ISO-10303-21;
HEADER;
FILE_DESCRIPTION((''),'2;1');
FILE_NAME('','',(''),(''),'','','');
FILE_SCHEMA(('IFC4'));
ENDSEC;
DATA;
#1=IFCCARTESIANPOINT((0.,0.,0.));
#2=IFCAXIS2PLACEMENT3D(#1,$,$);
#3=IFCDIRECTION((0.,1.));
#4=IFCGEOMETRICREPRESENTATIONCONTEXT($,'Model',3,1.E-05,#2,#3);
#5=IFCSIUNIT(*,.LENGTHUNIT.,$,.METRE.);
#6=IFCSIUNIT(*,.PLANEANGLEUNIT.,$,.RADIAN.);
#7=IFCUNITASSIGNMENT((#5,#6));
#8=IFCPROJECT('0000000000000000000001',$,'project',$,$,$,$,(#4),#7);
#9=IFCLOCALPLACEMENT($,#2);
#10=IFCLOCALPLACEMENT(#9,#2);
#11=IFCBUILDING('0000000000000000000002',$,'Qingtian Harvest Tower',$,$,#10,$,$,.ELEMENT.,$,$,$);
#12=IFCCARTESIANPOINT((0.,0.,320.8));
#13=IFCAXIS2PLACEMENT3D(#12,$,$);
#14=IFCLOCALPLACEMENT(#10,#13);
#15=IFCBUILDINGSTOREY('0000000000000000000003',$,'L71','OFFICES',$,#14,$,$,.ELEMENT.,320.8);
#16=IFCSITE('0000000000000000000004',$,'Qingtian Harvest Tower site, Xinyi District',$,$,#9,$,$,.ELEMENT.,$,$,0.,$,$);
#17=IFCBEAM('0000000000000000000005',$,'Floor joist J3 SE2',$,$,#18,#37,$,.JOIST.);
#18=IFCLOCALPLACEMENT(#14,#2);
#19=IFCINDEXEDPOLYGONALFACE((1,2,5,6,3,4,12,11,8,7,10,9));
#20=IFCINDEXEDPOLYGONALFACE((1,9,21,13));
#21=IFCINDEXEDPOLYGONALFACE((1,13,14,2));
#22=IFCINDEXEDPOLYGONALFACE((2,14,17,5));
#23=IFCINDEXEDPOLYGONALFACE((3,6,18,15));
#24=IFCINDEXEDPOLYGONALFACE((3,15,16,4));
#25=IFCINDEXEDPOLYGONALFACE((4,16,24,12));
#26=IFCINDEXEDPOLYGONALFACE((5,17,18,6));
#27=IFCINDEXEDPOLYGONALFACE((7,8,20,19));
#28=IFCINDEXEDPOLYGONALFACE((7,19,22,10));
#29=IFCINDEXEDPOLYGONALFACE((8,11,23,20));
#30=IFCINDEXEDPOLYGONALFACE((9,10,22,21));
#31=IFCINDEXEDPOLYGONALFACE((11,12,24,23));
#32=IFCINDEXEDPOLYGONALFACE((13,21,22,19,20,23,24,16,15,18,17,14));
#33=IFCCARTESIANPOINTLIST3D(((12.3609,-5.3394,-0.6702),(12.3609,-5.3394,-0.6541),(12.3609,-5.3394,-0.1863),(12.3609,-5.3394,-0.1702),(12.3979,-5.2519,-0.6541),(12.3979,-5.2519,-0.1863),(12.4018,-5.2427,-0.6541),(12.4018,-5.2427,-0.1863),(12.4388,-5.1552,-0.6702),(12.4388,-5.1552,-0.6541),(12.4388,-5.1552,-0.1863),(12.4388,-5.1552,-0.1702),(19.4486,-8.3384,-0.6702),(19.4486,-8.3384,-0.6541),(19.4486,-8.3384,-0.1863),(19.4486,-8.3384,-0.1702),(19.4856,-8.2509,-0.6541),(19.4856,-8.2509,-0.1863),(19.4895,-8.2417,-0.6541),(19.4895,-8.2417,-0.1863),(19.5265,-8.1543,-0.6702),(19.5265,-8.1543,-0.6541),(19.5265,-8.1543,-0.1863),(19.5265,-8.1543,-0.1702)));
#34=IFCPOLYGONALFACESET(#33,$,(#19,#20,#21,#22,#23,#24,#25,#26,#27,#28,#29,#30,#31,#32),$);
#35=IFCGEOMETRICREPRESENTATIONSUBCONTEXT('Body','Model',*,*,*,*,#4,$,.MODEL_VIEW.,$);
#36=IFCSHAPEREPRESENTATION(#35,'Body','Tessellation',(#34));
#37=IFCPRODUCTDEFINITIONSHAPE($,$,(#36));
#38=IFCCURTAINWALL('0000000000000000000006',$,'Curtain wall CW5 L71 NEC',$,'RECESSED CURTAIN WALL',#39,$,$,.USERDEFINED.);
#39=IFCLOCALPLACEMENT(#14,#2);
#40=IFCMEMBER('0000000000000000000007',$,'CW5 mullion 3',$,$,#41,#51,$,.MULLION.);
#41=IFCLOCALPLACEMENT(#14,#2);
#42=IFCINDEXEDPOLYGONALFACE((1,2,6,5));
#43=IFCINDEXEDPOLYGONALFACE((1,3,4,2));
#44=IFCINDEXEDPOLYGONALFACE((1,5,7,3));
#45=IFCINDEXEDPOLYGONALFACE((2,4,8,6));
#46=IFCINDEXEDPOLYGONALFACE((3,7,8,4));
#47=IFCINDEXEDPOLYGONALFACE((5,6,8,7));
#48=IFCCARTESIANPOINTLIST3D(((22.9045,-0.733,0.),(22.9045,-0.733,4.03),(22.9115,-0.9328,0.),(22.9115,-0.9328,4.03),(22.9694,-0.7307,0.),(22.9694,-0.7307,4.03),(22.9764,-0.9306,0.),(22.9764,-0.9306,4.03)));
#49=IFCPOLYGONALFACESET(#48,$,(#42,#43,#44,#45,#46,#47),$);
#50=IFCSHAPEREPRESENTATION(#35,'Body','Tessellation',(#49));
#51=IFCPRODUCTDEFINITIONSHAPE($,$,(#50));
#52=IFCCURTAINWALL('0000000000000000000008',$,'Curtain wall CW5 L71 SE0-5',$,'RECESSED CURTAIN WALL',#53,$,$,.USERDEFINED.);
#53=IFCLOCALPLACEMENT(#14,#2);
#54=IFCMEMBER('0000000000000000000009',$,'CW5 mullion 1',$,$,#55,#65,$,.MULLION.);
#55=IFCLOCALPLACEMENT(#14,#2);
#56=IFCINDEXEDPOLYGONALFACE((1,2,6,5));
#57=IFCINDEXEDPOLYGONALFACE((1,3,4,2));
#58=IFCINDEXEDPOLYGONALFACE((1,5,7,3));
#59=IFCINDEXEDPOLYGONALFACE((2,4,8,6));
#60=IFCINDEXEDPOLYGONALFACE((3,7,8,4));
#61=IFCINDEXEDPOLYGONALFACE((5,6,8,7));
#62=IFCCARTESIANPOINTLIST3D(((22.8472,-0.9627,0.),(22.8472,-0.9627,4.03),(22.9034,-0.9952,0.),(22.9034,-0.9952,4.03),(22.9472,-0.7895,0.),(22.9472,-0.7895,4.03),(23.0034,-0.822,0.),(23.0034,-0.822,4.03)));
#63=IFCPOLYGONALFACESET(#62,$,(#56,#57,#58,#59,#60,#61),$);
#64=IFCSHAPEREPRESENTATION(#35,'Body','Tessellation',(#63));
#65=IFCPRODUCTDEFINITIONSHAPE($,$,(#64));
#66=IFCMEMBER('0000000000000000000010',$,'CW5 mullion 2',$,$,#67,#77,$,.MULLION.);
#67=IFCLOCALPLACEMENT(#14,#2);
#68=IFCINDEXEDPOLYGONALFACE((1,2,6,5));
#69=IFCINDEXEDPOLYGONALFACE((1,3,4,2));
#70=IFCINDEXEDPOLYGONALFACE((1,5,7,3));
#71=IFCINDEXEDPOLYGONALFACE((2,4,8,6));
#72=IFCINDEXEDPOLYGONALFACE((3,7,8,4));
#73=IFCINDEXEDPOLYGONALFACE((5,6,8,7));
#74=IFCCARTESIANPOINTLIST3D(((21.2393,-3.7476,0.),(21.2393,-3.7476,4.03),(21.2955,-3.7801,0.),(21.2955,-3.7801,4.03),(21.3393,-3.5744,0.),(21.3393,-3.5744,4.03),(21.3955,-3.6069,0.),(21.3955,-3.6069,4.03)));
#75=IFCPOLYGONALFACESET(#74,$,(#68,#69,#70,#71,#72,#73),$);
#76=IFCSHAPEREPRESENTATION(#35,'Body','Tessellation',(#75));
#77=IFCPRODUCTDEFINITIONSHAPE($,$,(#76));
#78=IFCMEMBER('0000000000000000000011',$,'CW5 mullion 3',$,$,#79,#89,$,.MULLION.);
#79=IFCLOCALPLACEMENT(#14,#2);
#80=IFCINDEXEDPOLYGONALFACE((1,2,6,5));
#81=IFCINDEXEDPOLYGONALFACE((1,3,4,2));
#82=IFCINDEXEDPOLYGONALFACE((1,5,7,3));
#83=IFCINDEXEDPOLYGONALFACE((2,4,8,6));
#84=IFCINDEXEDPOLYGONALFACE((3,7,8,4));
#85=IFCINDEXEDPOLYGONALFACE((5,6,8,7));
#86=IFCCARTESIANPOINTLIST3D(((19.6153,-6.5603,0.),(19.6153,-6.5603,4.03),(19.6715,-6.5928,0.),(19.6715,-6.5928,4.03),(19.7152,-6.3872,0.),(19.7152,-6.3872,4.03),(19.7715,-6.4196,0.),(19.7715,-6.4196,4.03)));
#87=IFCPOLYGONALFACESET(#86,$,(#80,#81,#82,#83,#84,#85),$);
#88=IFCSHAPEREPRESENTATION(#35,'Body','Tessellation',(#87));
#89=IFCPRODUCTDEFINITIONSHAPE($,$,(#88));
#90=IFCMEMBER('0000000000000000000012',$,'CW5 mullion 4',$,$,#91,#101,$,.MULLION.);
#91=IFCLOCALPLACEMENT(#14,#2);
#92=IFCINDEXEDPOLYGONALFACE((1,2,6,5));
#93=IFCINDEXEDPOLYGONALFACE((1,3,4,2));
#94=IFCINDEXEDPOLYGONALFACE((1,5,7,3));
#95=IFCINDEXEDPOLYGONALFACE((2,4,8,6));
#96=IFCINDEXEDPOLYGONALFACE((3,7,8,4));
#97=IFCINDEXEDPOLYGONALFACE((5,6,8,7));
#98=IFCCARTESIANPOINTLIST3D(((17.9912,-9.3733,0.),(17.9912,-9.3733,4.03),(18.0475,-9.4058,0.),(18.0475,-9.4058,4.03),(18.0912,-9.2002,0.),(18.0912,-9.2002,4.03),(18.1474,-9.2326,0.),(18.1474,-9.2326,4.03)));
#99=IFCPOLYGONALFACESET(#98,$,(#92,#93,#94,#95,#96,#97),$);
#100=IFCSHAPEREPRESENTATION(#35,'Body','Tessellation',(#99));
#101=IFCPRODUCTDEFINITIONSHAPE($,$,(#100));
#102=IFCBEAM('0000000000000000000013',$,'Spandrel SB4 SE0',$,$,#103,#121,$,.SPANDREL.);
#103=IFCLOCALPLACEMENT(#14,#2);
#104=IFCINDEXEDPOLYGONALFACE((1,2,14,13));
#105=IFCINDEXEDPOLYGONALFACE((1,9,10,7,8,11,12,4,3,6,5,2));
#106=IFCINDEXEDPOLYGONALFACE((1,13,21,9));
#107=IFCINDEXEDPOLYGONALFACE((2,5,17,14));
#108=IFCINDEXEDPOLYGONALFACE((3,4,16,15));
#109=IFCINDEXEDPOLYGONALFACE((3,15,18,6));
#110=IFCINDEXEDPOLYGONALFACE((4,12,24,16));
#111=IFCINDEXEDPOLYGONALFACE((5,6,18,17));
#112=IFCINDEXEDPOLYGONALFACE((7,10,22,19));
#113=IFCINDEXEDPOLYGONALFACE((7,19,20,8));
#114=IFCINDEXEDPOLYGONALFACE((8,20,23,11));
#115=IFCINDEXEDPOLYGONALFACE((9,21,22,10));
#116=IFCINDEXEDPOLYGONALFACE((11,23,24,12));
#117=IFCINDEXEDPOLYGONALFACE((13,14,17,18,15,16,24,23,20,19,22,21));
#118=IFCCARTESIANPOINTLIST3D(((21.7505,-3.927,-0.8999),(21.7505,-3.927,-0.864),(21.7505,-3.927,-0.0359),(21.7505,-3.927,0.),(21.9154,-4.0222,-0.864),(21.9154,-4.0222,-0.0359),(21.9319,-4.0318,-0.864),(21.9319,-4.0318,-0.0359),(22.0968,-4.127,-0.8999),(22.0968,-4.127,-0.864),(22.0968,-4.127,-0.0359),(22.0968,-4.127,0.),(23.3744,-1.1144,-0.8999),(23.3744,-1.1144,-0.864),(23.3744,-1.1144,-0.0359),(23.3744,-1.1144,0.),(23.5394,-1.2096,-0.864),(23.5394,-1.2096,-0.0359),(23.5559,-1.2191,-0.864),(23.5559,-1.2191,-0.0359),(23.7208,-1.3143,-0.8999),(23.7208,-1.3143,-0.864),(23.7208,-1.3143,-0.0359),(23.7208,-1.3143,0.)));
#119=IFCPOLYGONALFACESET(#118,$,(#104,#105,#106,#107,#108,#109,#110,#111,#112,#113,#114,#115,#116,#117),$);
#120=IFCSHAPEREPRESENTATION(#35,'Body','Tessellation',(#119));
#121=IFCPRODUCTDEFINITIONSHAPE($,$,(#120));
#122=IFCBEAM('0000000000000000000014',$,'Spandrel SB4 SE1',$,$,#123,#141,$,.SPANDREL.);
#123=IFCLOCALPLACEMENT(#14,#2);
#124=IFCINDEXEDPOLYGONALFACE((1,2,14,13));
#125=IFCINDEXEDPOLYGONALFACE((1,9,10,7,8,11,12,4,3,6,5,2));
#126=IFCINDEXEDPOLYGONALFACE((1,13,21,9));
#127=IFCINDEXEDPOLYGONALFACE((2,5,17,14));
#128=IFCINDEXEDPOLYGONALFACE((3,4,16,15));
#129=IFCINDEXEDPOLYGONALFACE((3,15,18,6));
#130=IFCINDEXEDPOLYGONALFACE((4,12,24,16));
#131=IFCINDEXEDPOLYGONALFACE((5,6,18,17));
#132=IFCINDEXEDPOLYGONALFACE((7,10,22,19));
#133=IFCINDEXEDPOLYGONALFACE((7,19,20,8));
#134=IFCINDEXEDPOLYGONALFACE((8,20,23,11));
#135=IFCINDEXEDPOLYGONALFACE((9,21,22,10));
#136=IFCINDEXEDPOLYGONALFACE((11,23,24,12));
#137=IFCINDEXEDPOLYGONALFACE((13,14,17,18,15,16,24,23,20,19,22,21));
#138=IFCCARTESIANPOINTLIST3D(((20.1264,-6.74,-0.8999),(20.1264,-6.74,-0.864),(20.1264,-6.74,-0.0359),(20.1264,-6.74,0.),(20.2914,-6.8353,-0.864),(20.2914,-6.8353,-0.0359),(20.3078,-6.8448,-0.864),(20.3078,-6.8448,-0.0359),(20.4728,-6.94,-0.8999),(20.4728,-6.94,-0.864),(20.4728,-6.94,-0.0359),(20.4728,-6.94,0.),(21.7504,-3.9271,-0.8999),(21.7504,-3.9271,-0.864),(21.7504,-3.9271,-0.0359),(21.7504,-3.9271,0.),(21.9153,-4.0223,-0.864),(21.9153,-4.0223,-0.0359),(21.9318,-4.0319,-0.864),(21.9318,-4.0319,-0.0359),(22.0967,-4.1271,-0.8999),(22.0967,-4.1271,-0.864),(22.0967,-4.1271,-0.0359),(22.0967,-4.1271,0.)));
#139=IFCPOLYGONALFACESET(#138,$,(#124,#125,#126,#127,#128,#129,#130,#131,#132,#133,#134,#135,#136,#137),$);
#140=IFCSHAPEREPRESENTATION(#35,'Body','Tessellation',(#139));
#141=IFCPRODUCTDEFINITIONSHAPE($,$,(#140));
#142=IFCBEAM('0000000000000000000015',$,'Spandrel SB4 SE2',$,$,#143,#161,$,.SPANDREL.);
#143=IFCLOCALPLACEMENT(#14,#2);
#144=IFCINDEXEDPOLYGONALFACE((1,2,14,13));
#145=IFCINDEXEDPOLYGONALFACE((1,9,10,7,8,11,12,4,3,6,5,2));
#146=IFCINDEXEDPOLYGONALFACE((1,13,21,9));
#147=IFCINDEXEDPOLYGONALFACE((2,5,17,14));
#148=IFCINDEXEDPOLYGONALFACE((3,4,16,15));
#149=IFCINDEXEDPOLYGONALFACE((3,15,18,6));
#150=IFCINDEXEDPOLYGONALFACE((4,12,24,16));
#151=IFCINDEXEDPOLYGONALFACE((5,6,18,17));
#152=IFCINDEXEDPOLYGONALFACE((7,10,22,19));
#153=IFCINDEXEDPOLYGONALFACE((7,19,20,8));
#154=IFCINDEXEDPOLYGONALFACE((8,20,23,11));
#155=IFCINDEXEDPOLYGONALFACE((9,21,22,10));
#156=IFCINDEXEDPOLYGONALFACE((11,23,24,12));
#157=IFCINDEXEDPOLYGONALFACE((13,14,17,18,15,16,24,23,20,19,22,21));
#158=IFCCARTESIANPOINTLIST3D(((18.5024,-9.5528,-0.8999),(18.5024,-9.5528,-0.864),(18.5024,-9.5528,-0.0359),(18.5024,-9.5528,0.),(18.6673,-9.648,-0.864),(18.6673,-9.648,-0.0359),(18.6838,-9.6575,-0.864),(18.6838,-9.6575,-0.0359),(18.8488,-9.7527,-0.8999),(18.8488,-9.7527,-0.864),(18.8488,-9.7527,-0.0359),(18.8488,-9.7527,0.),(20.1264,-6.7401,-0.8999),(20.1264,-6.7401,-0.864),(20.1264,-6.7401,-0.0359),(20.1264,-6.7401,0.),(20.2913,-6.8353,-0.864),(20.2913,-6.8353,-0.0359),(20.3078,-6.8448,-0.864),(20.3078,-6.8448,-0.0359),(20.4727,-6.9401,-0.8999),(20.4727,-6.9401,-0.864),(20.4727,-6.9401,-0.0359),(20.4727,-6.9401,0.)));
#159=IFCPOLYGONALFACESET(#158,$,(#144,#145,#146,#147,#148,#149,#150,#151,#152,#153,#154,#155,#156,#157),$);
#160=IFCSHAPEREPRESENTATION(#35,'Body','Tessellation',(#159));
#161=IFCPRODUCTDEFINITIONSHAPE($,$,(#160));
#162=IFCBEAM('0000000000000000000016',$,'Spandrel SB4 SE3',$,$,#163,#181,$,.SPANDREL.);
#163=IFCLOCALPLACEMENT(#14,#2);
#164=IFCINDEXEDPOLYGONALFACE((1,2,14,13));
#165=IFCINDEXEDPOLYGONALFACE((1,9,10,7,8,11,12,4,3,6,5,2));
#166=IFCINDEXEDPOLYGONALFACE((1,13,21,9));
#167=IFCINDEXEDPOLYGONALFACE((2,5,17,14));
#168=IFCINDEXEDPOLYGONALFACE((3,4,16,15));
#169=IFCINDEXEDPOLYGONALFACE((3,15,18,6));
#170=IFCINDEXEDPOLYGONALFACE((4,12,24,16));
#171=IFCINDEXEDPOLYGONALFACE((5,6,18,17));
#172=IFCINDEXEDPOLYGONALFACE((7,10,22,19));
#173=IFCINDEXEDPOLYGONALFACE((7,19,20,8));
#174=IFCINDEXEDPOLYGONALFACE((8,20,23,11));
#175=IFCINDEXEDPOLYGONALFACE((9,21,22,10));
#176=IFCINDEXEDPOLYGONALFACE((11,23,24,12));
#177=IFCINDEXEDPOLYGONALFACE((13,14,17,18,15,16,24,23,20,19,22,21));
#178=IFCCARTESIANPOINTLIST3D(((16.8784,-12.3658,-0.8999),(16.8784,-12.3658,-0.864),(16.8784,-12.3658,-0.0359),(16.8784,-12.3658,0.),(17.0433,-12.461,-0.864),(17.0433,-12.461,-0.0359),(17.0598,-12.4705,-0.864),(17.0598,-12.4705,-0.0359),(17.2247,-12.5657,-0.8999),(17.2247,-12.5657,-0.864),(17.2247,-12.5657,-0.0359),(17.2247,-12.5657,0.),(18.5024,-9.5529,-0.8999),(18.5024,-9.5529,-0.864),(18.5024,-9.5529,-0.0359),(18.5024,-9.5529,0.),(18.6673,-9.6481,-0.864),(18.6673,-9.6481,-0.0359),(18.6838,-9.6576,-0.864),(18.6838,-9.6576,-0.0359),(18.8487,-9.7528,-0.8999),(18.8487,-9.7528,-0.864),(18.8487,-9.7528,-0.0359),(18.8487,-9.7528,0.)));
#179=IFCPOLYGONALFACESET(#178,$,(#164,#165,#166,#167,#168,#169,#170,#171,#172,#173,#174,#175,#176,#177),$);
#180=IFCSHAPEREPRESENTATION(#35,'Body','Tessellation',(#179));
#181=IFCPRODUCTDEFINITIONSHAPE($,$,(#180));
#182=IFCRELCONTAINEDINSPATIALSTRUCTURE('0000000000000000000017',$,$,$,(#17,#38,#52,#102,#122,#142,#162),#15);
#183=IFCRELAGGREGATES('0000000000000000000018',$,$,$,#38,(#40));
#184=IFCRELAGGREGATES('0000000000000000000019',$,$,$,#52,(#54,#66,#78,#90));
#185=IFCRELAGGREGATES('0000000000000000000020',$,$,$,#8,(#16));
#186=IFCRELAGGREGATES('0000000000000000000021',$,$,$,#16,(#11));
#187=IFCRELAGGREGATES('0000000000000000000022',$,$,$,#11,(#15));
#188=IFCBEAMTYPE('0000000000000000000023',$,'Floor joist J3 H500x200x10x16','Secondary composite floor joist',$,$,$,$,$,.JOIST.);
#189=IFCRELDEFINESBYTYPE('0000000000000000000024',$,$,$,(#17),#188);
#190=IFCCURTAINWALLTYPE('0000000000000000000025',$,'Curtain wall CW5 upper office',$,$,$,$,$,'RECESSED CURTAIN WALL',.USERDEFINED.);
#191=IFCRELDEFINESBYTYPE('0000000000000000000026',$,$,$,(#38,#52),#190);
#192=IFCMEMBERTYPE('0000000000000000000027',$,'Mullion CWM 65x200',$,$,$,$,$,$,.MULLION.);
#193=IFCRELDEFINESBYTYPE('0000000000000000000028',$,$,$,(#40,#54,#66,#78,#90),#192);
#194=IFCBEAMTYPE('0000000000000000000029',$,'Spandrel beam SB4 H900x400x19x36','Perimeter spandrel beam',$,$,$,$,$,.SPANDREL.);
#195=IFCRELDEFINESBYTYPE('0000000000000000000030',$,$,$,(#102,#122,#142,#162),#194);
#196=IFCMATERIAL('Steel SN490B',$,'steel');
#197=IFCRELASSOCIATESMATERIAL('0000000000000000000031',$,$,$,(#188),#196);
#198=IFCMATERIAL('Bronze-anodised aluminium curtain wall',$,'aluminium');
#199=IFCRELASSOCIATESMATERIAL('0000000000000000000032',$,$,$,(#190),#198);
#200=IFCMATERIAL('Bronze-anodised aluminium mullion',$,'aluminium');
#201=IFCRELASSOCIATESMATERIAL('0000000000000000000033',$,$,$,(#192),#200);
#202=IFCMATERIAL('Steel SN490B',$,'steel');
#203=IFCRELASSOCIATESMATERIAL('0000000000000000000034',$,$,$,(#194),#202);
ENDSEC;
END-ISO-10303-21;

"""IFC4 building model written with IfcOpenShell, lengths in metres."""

from ifc_helpers import new_model, si_unit, direction, frame, origin, origin_2d, place, context, subcontext, project, spatial, rectangle, i_section, extrude, material, material_profile, profile_set, type_object, element, aggregate, save


model = new_model("IFC4")

# Units and contexts
model_context = context("Model", 3, precision=1e-05, world=origin(), true_north=direction((0.0, 1.0)))
body_context = subcontext(model_context, "Body", "Model", "MODEL_VIEW")
ifc_project = project(units=[si_unit("LENGTHUNIT", "METRE"), si_unit("PLANEANGLEUNIT", "RADIAN")], contexts=[model_context])

# Site, building, storey
site_placement = place(None, origin())
site = spatial("IfcSite", under=ifc_project, at=site_placement, Name="Qingtian Harvest Tower site, Xinyi District", CompositionType="ELEMENT", RefElevation=0.0)
building_placement = place(site_placement, origin())
building = spatial("IfcBuilding", under=site, at=building_placement, Name="Qingtian Harvest Tower", CompositionType="ELEMENT")
storey_placement = place(building_placement, frame((0.0, 0.0, 320.8)))
storey = spatial("IfcBuildingStorey", under=building, at=storey_placement, Name="L71", Description="OFFICES", CompositionType="ELEMENT", Elevation=320.8)

# Beam
ifc_material_1 = material(Name="Steel SN490B", Category="steel")
ifc_material_profile_1 = material_profile(ifc_material_1, i_section(OverallWidth=0.2, OverallDepth=0.5, WebThickness=0.01, FlangeThickness=0.0161, at=origin_2d()), Name="H500x200x10x16")
ifc_profile_set_1 = profile_set([ifc_material_profile_1], Name="Steel SN490B")
beam_type_1 = type_object("IfcBeamType", Name="Floor joist J3 H500x200x10x16", Description="Secondary composite floor joist", PredefinedType="JOIST", material=ifc_profile_set_1)
beam_1_placement = place(storey_placement, frame((19.4875, -8.2463, -0.4202), z_axis=(-0.920948, 0.389684, 0.0), x_axis=(-0.389684, -0.920948, 0.0)))
element("IfcBeam", 1, at=beam_1_placement, inside=storey, type_object=beam_type_1, Name="Floor joist J3 SE2", PredefinedType="JOIST", context=body_context, shape_type="SweptSolid", body=[
    extrude(i_section(OverallWidth=0.2, OverallDepth=0.5, WebThickness=0.01, FlangeThickness=0.0161, at=origin_2d()), origin(), (0.0, 0.0, 1.0), 7.696),
])

# Curtain wall, member
ifc_material_2 = material(Name="Bronze-anodised aluminium curtain wall", Category="aluminium")
curtain_wall_type = type_object("IfcCurtainWallType", Name="Curtain wall CW5 upper office", ElementType="RECESSED CURTAIN WALL", PredefinedType="USERDEFINED", material=ifc_material_2)
curtain_wall_1_placement = place(storey_placement, origin())
curtain_wall_1 = element("IfcCurtainWall", 2, at=curtain_wall_1_placement, inside=storey, type_object=curtain_wall_type, Name="Curtain wall CW5 L71 NEC", ObjectType="RECESSED CURTAIN WALL", PredefinedType="USERDEFINED")
ifc_material_3 = material(Name="Bronze-anodised aluminium mullion", Category="aluminium")
ifc_material_profile_2 = material_profile(ifc_material_3, rectangle(XDim=0.0649, YDim=0.2, at=origin_2d()), Name="AL 65x200")
ifc_profile_set_2 = profile_set([ifc_material_profile_2], Name="Bronze-anodised aluminium mullion")
member_type_1 = type_object("IfcMemberType", Name="Mullion CWM 65x200", PredefinedType="MULLION", material=ifc_profile_set_2)
member_1_placement = place(storey_placement, frame((22.9404, -0.8318, 0.0), z_axis=(0.0, 0.0, 1.0), x_axis=(0.999391, 0.034899, 0.0)))
member_1 = element("IfcMember", 3, at=member_1_placement, type_object=member_type_1, Name="CW5 mullion 3", PredefinedType="MULLION", context=body_context, shape_type="SweptSolid", body=[
    extrude(rectangle(XDim=0.0649, YDim=0.2, at=origin_2d()), origin(), (0.0, 0.0, 1.0), 4.03),
])

# Curtain wall, members
curtain_wall_2_placement = place(storey_placement, origin())
curtain_wall_2 = element("IfcCurtainWall", 4, at=curtain_wall_2_placement, inside=storey, type_object=curtain_wall_type, Name="Curtain wall CW5 L71 SE0-5", ObjectType="RECESSED CURTAIN WALL", PredefinedType="USERDEFINED")
member_2_placement = place(storey_placement, frame((22.9253, -0.8923, 0.0), z_axis=(0.0, 0.0, 1.0), x_axis=(0.866025, -0.5, 0.0)))
member_2 = element("IfcMember", 5, at=member_2_placement, type_object=member_type_1, Name="CW5 mullion 1", PredefinedType="MULLION", context=body_context, shape_type="SweptSolid", body=[
    extrude(rectangle(XDim=0.0649, YDim=0.2, at=origin_2d()), origin(), (0.0, 0.0, 1.0), 4.03),
])
member_3_placement = place(storey_placement, frame((21.3174, -3.6772, 0.0), z_axis=(0.0, 0.0, 1.0), x_axis=(0.866025, -0.5, 0.0)))
member_3 = element("IfcMember", 6, at=member_3_placement, type_object=member_type_1, Name="CW5 mullion 2", PredefinedType="MULLION", context=body_context, shape_type="SweptSolid", body=[
    extrude(rectangle(XDim=0.0649, YDim=0.2, at=origin_2d()), origin(), (0.0, 0.0, 1.0), 4.03),
])
member_4_placement = place(storey_placement, frame((19.6934, -6.49, 0.0), z_axis=(0.0, 0.0, 1.0), x_axis=(0.866025, -0.5, 0.0)))
member_4 = element("IfcMember", 7, at=member_4_placement, type_object=member_type_1, Name="CW5 mullion 3", PredefinedType="MULLION", context=body_context, shape_type="SweptSolid", body=[
    extrude(rectangle(XDim=0.0649, YDim=0.2, at=origin_2d()), origin(), (0.0, 0.0, 1.0), 4.03),
])
member_5_placement = place(storey_placement, frame((18.0693, -9.303, 0.0), z_axis=(0.0, 0.0, 1.0), x_axis=(0.866025, -0.5, 0.0)))
member_5 = element("IfcMember", 8, at=member_5_placement, type_object=member_type_1, Name="CW5 mullion 4", PredefinedType="MULLION", context=body_context, shape_type="SweptSolid", body=[
    extrude(rectangle(XDim=0.0649, YDim=0.2, at=origin_2d()), origin(), (0.0, 0.0, 1.0), 4.03),
])

# Beams
ifc_material_4 = material(Name="Steel SN490B", Category="steel")
ifc_material_profile_3 = material_profile(ifc_material_4, i_section(OverallWidth=0.3999, OverallDepth=0.8999, WebThickness=0.019, FlangeThickness=0.0359, at=origin_2d()), Name="H900x400x19x36")
ifc_profile_set_3 = profile_set([ifc_material_profile_3], Name="Steel SN490B")
beam_type_2 = type_object("IfcBeamType", Name="Spandrel beam SB4 H900x400x19x36", Description="Perimeter spandrel beam", PredefinedType="SPANDREL", material=ifc_profile_set_3)
beam_2_placement = place(storey_placement, frame((23.5476, -1.2144, -0.45), z_axis=(-0.50002, -0.866014, 0.0), x_axis=(0.866014, -0.50002, 0.0)))
element("IfcBeam", 9, at=beam_2_placement, inside=storey, type_object=beam_type_2, Name="Spandrel SB4 SE0", PredefinedType="SPANDREL", context=body_context, shape_type="SweptSolid", body=[
    extrude(i_section(OverallWidth=0.3999, OverallDepth=0.8999, WebThickness=0.019, FlangeThickness=0.0359, at=origin_2d()), origin(), (0.0, 0.0, 1.0), 3.2478),
])
beam_3_placement = place(storey_placement, frame((21.9236, -4.0271, -0.45), z_axis=(-0.499987, -0.866033, 0.0), x_axis=(0.866033, -0.499987, 0.0)))
element("IfcBeam", 10, at=beam_3_placement, inside=storey, type_object=beam_type_2, Name="Spandrel SB4 SE1", PredefinedType="SPANDREL", context=body_context, shape_type="SweptSolid", body=[
    extrude(i_section(OverallWidth=0.3999, OverallDepth=0.8999, WebThickness=0.019, FlangeThickness=0.0359, at=origin_2d()), origin(), (0.0, 0.0, 1.0), 3.248),
])
beam_4_placement = place(storey_placement, frame((20.2996, -6.8401, -0.45), z_axis=(-0.50002, -0.866014, 0.0), x_axis=(0.866014, -0.50002, 0.0)))
element("IfcBeam", 11, at=beam_4_placement, inside=storey, type_object=beam_type_2, Name="Spandrel SB4 SE2", PredefinedType="SPANDREL", context=body_context, shape_type="SweptSolid", body=[
    extrude(i_section(OverallWidth=0.3999, OverallDepth=0.8999, WebThickness=0.019, FlangeThickness=0.0359, at=origin_2d()), origin(), (0.0, 0.0, 1.0), 3.2478),
])
beam_5_placement = place(storey_placement, frame((18.6755, -9.6528, -0.45), z_axis=(-0.499987, -0.866033, 0.0), x_axis=(0.866033, -0.499987, 0.0)))
element("IfcBeam", 12, at=beam_5_placement, inside=storey, type_object=beam_type_2, Name="Spandrel SB4 SE3", PredefinedType="SPANDREL", context=body_context, shape_type="SweptSolid", body=[
    extrude(i_section(OverallWidth=0.3999, OverallDepth=0.8999, WebThickness=0.019, FlangeThickness=0.0359, at=origin_2d()), origin(), (0.0, 0.0, 1.0), 3.248),
])

aggregate(curtain_wall_1, [member_1])
aggregate(curtain_wall_2, [member_2, member_3, member_4, member_5])

save(model, "model.ifc")
